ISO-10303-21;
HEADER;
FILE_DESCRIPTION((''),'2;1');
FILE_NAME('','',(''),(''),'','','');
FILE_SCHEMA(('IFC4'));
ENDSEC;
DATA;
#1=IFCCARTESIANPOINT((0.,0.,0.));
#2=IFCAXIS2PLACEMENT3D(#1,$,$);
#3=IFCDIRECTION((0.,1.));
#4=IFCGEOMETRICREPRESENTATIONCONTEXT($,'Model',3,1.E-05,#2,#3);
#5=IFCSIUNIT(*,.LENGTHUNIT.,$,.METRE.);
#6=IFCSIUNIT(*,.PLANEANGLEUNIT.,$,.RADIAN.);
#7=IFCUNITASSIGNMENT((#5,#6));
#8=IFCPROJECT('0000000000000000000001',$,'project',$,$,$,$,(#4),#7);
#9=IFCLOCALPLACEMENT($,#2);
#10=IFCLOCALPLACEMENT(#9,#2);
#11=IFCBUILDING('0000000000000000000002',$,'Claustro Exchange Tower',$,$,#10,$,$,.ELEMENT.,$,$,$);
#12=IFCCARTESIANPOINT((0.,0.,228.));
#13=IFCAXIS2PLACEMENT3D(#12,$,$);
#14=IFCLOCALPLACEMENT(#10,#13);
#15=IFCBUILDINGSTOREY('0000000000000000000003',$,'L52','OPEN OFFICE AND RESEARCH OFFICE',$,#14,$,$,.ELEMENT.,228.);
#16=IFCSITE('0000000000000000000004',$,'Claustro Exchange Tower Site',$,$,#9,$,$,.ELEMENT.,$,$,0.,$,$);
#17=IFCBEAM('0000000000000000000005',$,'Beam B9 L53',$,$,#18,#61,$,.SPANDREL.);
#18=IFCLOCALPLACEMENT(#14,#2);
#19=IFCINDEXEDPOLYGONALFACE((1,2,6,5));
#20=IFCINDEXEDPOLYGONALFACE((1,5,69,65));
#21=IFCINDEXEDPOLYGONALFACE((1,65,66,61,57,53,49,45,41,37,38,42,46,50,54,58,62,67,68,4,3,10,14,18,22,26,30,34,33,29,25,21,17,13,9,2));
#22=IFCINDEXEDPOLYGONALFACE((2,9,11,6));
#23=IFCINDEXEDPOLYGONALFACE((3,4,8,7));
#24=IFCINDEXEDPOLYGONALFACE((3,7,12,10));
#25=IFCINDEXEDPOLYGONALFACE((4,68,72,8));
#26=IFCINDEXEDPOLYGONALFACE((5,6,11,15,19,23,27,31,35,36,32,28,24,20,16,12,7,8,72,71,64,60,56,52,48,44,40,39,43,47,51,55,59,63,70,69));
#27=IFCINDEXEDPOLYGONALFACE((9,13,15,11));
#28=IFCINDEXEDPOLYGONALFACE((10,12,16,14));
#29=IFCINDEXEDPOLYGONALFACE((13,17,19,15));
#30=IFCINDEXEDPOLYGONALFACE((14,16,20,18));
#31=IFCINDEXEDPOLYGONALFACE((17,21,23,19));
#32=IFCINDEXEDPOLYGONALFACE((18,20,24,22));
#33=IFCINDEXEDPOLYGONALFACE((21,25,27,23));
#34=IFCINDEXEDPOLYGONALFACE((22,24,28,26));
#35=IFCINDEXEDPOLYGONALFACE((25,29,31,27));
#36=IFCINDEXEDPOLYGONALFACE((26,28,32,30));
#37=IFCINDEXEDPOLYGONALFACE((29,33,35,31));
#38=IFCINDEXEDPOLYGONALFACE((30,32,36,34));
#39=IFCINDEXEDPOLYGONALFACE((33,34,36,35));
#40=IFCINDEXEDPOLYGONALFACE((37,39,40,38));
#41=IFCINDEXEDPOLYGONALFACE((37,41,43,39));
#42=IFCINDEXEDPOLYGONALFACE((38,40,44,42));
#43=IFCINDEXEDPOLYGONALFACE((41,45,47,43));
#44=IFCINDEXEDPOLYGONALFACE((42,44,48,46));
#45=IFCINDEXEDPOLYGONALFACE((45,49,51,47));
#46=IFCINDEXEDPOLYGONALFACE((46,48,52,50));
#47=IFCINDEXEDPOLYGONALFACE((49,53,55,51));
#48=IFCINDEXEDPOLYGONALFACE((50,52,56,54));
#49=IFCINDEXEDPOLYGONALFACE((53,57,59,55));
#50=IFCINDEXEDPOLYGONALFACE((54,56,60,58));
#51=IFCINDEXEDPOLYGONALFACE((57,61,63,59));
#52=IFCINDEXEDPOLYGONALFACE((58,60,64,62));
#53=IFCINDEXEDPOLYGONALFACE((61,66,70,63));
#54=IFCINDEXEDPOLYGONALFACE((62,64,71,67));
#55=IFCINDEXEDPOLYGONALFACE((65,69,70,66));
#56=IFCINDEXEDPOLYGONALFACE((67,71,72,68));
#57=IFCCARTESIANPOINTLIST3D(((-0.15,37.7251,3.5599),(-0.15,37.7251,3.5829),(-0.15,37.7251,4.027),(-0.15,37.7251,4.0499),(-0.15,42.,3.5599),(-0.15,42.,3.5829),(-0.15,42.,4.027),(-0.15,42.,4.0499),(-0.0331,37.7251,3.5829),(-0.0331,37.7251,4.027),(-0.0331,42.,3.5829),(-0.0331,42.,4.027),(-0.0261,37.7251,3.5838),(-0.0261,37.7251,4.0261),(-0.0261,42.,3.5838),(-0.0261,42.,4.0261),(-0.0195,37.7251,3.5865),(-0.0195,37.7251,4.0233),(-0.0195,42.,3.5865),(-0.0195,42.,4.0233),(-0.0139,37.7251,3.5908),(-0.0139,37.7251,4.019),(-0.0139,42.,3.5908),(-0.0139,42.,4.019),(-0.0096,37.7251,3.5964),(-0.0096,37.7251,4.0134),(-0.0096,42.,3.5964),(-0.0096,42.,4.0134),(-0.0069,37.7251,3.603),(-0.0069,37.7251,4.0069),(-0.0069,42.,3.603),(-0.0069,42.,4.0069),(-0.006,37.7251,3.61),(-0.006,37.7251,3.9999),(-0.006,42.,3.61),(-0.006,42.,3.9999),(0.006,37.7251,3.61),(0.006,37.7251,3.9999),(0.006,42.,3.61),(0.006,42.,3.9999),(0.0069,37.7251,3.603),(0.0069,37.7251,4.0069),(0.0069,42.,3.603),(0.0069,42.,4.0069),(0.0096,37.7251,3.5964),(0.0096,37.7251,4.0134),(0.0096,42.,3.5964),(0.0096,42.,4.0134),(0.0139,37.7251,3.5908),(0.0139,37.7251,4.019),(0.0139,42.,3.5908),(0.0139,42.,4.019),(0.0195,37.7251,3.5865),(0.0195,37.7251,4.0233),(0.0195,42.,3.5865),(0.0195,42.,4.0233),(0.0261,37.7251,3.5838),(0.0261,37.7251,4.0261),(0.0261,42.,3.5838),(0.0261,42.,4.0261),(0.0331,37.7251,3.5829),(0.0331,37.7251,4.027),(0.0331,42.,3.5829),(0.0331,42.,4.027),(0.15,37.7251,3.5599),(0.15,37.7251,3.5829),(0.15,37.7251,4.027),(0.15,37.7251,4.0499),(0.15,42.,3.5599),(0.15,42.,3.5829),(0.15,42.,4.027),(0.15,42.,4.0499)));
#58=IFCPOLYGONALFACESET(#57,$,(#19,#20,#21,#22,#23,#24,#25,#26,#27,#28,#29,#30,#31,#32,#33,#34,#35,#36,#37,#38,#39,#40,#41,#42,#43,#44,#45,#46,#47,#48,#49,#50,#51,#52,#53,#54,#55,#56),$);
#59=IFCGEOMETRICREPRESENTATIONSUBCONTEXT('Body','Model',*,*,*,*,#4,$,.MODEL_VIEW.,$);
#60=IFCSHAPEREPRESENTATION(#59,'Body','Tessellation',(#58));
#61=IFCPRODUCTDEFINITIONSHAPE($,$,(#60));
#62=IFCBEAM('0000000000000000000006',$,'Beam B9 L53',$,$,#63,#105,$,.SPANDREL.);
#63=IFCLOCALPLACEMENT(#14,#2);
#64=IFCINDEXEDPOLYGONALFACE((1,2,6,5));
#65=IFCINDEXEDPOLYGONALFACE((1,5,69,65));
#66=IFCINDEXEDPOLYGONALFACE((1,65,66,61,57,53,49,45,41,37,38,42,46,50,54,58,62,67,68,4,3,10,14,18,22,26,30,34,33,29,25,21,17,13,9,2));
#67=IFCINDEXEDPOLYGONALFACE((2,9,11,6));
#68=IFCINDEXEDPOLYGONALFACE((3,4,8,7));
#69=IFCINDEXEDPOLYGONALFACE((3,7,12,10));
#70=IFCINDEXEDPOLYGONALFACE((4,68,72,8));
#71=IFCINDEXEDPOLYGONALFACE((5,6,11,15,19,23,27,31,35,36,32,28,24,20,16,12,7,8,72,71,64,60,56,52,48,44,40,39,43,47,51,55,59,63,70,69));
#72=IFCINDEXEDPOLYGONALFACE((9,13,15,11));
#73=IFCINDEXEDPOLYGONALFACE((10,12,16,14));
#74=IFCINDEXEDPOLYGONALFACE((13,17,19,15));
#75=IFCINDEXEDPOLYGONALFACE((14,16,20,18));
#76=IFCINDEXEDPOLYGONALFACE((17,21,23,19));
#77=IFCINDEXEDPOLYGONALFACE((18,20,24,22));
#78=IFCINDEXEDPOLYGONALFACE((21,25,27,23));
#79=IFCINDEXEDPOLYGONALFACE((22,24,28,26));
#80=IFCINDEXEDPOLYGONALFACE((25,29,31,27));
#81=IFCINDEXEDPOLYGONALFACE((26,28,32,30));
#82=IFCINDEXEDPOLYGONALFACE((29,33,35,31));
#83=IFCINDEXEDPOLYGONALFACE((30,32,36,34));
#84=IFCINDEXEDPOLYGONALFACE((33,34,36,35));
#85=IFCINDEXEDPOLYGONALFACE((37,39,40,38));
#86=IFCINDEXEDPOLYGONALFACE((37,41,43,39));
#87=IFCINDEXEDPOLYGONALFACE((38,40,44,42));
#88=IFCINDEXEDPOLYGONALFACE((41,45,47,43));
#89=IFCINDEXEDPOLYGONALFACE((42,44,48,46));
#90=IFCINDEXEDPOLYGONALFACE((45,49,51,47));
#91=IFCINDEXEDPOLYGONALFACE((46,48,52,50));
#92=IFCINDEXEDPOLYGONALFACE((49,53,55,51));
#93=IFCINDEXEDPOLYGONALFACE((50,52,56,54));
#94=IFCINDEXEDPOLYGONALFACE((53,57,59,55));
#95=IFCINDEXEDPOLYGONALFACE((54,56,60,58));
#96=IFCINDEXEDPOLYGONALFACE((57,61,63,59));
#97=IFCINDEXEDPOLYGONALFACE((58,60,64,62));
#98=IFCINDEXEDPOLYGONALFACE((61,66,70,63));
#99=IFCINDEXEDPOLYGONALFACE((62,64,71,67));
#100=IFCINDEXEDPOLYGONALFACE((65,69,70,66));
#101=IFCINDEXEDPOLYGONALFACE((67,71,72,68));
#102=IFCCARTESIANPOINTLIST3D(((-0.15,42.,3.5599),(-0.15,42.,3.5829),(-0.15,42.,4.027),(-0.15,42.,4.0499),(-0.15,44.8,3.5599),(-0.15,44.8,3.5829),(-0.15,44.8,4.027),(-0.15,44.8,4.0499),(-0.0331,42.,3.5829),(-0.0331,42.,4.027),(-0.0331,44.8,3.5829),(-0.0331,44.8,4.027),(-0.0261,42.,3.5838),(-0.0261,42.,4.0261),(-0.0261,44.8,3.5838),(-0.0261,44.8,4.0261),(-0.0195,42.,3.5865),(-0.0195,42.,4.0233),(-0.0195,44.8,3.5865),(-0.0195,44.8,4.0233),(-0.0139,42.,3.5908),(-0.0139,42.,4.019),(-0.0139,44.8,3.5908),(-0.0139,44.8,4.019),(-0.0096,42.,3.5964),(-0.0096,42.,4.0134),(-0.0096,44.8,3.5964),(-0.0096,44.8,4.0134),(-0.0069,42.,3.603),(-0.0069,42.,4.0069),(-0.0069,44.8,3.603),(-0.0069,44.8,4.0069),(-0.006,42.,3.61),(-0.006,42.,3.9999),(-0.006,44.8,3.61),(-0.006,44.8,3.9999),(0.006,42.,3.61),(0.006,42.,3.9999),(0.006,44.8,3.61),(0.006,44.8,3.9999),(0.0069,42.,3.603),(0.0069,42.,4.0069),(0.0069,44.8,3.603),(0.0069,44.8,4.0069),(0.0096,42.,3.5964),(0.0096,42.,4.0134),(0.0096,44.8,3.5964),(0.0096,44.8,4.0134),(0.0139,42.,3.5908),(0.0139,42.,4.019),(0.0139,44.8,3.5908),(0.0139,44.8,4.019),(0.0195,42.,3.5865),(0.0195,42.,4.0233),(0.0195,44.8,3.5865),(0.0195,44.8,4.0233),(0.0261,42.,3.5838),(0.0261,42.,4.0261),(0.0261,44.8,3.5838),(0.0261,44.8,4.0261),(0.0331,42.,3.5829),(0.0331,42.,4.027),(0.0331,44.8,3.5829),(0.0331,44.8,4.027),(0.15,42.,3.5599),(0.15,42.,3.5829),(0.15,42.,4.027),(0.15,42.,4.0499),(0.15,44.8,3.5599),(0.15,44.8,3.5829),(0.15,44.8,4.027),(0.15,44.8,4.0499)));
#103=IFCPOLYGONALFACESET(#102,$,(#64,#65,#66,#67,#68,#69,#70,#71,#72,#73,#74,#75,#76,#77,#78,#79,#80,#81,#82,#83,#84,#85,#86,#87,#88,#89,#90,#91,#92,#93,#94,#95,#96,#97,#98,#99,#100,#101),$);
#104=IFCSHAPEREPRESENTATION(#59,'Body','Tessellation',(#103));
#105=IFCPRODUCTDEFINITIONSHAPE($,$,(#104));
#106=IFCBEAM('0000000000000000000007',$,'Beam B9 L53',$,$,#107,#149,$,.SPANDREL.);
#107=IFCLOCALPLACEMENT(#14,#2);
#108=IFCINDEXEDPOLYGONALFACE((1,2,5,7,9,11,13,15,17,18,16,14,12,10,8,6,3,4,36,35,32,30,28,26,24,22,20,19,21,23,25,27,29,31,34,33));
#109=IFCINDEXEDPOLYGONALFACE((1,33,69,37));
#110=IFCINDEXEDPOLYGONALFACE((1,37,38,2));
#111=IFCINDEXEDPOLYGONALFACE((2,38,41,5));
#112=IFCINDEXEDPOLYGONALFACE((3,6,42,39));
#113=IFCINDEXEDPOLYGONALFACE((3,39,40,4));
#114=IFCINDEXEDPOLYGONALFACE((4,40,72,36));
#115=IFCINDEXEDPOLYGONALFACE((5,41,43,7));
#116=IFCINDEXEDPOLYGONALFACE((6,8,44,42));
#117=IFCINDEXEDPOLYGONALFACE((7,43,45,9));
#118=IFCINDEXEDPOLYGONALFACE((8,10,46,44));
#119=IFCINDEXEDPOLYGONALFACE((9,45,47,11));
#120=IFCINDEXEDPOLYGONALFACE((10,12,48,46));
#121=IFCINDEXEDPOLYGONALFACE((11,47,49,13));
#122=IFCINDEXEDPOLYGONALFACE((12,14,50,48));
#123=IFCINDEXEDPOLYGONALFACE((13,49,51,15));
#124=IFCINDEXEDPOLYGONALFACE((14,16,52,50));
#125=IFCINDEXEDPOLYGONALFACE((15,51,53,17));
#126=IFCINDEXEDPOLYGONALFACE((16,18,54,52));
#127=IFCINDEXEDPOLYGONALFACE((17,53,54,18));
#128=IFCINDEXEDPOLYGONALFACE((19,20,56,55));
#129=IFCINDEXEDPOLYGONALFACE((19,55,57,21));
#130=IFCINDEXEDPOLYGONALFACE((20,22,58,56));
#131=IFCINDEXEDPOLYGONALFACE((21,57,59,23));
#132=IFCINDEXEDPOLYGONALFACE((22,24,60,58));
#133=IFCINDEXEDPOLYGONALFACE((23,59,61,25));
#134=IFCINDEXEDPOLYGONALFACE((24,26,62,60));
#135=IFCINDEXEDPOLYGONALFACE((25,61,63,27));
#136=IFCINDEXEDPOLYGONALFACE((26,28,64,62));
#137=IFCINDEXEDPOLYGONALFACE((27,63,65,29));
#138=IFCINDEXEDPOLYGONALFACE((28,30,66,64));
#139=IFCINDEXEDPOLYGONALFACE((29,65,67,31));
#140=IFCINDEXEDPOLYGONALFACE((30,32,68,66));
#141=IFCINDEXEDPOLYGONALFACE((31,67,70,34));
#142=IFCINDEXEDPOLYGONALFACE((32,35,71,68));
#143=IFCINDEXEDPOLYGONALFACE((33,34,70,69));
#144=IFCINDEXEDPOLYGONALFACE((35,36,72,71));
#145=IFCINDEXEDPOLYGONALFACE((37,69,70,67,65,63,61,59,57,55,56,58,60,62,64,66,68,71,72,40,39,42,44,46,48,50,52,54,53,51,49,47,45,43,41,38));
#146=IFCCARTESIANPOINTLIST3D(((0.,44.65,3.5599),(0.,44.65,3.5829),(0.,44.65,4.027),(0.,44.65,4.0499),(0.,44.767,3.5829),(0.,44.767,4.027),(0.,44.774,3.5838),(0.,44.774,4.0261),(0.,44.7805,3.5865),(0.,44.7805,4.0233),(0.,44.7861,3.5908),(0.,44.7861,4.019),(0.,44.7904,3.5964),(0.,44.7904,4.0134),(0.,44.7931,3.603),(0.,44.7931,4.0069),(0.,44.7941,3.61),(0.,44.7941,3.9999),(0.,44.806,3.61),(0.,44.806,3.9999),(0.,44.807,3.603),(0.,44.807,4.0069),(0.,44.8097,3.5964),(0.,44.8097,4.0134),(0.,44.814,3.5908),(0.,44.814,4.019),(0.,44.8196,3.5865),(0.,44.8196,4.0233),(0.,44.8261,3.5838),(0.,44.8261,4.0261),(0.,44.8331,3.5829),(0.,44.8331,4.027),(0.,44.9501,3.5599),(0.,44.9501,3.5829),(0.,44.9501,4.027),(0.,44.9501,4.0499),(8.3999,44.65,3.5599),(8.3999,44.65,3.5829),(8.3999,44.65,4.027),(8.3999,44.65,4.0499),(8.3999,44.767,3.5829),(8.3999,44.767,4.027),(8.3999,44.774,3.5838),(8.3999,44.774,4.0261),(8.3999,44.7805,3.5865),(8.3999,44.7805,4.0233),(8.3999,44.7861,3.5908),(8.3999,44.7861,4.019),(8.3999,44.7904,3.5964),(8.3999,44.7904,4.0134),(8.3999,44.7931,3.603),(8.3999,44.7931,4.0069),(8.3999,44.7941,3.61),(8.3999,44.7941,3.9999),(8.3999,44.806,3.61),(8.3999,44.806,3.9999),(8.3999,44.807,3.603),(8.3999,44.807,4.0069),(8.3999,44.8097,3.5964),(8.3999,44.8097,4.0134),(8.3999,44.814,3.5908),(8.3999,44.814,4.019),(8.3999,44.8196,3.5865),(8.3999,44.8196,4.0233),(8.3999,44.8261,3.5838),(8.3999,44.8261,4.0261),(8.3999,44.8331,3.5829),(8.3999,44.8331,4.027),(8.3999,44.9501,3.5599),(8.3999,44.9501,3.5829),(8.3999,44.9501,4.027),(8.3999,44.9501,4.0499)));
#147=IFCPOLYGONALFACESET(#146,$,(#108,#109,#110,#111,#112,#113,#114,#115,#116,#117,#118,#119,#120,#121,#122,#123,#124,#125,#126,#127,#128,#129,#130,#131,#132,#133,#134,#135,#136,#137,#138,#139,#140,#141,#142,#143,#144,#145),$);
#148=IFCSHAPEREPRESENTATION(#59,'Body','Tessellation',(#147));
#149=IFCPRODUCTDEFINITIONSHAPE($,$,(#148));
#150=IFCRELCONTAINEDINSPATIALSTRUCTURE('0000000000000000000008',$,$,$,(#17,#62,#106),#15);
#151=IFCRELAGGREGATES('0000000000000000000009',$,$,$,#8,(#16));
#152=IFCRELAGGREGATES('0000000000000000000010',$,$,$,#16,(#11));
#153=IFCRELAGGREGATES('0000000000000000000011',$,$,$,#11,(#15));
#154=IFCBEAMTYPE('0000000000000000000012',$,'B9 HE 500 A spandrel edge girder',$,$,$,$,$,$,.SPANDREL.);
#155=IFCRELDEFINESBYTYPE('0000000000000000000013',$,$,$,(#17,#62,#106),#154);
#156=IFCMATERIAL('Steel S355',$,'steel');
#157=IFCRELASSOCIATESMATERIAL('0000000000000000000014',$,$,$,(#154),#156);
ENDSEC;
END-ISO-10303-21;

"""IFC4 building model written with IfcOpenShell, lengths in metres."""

from ifc_helpers import new_model, si_unit, direction, frame, origin, origin_2d, place, context, subcontext, project, spatial, i_section, extrude, material, material_profile, profile_set, type_object, element, save


model = new_model("IFC4")

# Units and contexts
model_context = context("Model", 3, precision=1e-05, world=origin(), true_north=direction((0.0, 1.0)))
body_context = subcontext(model_context, "Body", "Model", "MODEL_VIEW")
ifc_project = project(units=[si_unit("LENGTHUNIT", "METRE"), si_unit("PLANEANGLEUNIT", "RADIAN")], contexts=[model_context])

# Site, building, storey
site_placement = place(None, origin())
site = spatial("IfcSite", under=ifc_project, at=site_placement, Name="Claustro Exchange Tower Site", CompositionType="ELEMENT", RefElevation=0.0)
building_placement = place(site_placement, origin())
building = spatial("IfcBuilding", under=site, at=building_placement, Name="Claustro Exchange Tower", CompositionType="ELEMENT")
storey_placement = place(building_placement, frame((0.0, 0.0, 228.0)))
storey = spatial("IfcBuildingStorey", under=building, at=storey_placement, Name="L52", Description="OPEN OFFICE AND RESEARCH OFFICE", CompositionType="ELEMENT", Elevation=228.0)

# Beams
ifc_material_1 = material(Name="Steel S355", Category="steel")
ifc_material_profile_1 = material_profile(ifc_material_1, i_section(OverallWidth=0.3, OverallDepth=0.49, WebThickness=0.012, FlangeThickness=0.0229, FilletRadius=0.0271, at=origin_2d()), Name="HE 500 A")
ifc_profile_set_1 = profile_set([ifc_material_profile_1], Name="Steel S355")
beam_type_1 = type_object("IfcBeamType", Name="B9 HE 500 A spandrel edge girder", PredefinedType="SPANDREL", material=ifc_profile_set_1)
beam_1_placement = place(storey_placement, frame((0.0, 37.7251, 3.8049), z_axis=(0.0, 1.0, 0.0), x_axis=(-1.0, 0.0, 0.0)))
element("IfcBeam", 1, at=beam_1_placement, inside=storey, type_object=beam_type_1, Name="Beam B9 L53", PredefinedType="SPANDREL", context=body_context, shape_type="SweptSolid", body=[
    extrude(i_section(OverallWidth=0.3, OverallDepth=0.49, WebThickness=0.012, FlangeThickness=0.0229, FilletRadius=0.0271, at=origin_2d()), origin(), (0.0, 0.0, 1.0), 4.2749),
])
beam_2_placement = place(storey_placement, frame((0.0, 42.0, 3.8049), z_axis=(0.0, 1.0, 0.0), x_axis=(-1.0, 0.0, 0.0)))
element("IfcBeam", 2, at=beam_2_placement, inside=storey, type_object=beam_type_1, Name="Beam B9 L53", PredefinedType="SPANDREL", context=body_context, shape_type="SweptSolid", body=[
    extrude(i_section(OverallWidth=0.3, OverallDepth=0.49, WebThickness=0.012, FlangeThickness=0.0229, FilletRadius=0.0271, at=origin_2d()), origin(), (0.0, 0.0, 1.0), 2.8),
])
beam_3_placement = place(storey_placement, frame((0.0, 44.8, 3.8049), z_axis=(1.0, 0.0, 0.0), x_axis=(0.0, 1.0, 0.0)))
element("IfcBeam", 3, at=beam_3_placement, inside=storey, type_object=beam_type_1, Name="Beam B9 L53", PredefinedType="SPANDREL", context=body_context, shape_type="SweptSolid", body=[
    extrude(i_section(OverallWidth=0.3, OverallDepth=0.49, WebThickness=0.012, FlangeThickness=0.0229, FilletRadius=0.0271, at=origin_2d()), origin(), (0.0, 0.0, 1.0), 8.3999),
])

save(model, "model.ifc")
